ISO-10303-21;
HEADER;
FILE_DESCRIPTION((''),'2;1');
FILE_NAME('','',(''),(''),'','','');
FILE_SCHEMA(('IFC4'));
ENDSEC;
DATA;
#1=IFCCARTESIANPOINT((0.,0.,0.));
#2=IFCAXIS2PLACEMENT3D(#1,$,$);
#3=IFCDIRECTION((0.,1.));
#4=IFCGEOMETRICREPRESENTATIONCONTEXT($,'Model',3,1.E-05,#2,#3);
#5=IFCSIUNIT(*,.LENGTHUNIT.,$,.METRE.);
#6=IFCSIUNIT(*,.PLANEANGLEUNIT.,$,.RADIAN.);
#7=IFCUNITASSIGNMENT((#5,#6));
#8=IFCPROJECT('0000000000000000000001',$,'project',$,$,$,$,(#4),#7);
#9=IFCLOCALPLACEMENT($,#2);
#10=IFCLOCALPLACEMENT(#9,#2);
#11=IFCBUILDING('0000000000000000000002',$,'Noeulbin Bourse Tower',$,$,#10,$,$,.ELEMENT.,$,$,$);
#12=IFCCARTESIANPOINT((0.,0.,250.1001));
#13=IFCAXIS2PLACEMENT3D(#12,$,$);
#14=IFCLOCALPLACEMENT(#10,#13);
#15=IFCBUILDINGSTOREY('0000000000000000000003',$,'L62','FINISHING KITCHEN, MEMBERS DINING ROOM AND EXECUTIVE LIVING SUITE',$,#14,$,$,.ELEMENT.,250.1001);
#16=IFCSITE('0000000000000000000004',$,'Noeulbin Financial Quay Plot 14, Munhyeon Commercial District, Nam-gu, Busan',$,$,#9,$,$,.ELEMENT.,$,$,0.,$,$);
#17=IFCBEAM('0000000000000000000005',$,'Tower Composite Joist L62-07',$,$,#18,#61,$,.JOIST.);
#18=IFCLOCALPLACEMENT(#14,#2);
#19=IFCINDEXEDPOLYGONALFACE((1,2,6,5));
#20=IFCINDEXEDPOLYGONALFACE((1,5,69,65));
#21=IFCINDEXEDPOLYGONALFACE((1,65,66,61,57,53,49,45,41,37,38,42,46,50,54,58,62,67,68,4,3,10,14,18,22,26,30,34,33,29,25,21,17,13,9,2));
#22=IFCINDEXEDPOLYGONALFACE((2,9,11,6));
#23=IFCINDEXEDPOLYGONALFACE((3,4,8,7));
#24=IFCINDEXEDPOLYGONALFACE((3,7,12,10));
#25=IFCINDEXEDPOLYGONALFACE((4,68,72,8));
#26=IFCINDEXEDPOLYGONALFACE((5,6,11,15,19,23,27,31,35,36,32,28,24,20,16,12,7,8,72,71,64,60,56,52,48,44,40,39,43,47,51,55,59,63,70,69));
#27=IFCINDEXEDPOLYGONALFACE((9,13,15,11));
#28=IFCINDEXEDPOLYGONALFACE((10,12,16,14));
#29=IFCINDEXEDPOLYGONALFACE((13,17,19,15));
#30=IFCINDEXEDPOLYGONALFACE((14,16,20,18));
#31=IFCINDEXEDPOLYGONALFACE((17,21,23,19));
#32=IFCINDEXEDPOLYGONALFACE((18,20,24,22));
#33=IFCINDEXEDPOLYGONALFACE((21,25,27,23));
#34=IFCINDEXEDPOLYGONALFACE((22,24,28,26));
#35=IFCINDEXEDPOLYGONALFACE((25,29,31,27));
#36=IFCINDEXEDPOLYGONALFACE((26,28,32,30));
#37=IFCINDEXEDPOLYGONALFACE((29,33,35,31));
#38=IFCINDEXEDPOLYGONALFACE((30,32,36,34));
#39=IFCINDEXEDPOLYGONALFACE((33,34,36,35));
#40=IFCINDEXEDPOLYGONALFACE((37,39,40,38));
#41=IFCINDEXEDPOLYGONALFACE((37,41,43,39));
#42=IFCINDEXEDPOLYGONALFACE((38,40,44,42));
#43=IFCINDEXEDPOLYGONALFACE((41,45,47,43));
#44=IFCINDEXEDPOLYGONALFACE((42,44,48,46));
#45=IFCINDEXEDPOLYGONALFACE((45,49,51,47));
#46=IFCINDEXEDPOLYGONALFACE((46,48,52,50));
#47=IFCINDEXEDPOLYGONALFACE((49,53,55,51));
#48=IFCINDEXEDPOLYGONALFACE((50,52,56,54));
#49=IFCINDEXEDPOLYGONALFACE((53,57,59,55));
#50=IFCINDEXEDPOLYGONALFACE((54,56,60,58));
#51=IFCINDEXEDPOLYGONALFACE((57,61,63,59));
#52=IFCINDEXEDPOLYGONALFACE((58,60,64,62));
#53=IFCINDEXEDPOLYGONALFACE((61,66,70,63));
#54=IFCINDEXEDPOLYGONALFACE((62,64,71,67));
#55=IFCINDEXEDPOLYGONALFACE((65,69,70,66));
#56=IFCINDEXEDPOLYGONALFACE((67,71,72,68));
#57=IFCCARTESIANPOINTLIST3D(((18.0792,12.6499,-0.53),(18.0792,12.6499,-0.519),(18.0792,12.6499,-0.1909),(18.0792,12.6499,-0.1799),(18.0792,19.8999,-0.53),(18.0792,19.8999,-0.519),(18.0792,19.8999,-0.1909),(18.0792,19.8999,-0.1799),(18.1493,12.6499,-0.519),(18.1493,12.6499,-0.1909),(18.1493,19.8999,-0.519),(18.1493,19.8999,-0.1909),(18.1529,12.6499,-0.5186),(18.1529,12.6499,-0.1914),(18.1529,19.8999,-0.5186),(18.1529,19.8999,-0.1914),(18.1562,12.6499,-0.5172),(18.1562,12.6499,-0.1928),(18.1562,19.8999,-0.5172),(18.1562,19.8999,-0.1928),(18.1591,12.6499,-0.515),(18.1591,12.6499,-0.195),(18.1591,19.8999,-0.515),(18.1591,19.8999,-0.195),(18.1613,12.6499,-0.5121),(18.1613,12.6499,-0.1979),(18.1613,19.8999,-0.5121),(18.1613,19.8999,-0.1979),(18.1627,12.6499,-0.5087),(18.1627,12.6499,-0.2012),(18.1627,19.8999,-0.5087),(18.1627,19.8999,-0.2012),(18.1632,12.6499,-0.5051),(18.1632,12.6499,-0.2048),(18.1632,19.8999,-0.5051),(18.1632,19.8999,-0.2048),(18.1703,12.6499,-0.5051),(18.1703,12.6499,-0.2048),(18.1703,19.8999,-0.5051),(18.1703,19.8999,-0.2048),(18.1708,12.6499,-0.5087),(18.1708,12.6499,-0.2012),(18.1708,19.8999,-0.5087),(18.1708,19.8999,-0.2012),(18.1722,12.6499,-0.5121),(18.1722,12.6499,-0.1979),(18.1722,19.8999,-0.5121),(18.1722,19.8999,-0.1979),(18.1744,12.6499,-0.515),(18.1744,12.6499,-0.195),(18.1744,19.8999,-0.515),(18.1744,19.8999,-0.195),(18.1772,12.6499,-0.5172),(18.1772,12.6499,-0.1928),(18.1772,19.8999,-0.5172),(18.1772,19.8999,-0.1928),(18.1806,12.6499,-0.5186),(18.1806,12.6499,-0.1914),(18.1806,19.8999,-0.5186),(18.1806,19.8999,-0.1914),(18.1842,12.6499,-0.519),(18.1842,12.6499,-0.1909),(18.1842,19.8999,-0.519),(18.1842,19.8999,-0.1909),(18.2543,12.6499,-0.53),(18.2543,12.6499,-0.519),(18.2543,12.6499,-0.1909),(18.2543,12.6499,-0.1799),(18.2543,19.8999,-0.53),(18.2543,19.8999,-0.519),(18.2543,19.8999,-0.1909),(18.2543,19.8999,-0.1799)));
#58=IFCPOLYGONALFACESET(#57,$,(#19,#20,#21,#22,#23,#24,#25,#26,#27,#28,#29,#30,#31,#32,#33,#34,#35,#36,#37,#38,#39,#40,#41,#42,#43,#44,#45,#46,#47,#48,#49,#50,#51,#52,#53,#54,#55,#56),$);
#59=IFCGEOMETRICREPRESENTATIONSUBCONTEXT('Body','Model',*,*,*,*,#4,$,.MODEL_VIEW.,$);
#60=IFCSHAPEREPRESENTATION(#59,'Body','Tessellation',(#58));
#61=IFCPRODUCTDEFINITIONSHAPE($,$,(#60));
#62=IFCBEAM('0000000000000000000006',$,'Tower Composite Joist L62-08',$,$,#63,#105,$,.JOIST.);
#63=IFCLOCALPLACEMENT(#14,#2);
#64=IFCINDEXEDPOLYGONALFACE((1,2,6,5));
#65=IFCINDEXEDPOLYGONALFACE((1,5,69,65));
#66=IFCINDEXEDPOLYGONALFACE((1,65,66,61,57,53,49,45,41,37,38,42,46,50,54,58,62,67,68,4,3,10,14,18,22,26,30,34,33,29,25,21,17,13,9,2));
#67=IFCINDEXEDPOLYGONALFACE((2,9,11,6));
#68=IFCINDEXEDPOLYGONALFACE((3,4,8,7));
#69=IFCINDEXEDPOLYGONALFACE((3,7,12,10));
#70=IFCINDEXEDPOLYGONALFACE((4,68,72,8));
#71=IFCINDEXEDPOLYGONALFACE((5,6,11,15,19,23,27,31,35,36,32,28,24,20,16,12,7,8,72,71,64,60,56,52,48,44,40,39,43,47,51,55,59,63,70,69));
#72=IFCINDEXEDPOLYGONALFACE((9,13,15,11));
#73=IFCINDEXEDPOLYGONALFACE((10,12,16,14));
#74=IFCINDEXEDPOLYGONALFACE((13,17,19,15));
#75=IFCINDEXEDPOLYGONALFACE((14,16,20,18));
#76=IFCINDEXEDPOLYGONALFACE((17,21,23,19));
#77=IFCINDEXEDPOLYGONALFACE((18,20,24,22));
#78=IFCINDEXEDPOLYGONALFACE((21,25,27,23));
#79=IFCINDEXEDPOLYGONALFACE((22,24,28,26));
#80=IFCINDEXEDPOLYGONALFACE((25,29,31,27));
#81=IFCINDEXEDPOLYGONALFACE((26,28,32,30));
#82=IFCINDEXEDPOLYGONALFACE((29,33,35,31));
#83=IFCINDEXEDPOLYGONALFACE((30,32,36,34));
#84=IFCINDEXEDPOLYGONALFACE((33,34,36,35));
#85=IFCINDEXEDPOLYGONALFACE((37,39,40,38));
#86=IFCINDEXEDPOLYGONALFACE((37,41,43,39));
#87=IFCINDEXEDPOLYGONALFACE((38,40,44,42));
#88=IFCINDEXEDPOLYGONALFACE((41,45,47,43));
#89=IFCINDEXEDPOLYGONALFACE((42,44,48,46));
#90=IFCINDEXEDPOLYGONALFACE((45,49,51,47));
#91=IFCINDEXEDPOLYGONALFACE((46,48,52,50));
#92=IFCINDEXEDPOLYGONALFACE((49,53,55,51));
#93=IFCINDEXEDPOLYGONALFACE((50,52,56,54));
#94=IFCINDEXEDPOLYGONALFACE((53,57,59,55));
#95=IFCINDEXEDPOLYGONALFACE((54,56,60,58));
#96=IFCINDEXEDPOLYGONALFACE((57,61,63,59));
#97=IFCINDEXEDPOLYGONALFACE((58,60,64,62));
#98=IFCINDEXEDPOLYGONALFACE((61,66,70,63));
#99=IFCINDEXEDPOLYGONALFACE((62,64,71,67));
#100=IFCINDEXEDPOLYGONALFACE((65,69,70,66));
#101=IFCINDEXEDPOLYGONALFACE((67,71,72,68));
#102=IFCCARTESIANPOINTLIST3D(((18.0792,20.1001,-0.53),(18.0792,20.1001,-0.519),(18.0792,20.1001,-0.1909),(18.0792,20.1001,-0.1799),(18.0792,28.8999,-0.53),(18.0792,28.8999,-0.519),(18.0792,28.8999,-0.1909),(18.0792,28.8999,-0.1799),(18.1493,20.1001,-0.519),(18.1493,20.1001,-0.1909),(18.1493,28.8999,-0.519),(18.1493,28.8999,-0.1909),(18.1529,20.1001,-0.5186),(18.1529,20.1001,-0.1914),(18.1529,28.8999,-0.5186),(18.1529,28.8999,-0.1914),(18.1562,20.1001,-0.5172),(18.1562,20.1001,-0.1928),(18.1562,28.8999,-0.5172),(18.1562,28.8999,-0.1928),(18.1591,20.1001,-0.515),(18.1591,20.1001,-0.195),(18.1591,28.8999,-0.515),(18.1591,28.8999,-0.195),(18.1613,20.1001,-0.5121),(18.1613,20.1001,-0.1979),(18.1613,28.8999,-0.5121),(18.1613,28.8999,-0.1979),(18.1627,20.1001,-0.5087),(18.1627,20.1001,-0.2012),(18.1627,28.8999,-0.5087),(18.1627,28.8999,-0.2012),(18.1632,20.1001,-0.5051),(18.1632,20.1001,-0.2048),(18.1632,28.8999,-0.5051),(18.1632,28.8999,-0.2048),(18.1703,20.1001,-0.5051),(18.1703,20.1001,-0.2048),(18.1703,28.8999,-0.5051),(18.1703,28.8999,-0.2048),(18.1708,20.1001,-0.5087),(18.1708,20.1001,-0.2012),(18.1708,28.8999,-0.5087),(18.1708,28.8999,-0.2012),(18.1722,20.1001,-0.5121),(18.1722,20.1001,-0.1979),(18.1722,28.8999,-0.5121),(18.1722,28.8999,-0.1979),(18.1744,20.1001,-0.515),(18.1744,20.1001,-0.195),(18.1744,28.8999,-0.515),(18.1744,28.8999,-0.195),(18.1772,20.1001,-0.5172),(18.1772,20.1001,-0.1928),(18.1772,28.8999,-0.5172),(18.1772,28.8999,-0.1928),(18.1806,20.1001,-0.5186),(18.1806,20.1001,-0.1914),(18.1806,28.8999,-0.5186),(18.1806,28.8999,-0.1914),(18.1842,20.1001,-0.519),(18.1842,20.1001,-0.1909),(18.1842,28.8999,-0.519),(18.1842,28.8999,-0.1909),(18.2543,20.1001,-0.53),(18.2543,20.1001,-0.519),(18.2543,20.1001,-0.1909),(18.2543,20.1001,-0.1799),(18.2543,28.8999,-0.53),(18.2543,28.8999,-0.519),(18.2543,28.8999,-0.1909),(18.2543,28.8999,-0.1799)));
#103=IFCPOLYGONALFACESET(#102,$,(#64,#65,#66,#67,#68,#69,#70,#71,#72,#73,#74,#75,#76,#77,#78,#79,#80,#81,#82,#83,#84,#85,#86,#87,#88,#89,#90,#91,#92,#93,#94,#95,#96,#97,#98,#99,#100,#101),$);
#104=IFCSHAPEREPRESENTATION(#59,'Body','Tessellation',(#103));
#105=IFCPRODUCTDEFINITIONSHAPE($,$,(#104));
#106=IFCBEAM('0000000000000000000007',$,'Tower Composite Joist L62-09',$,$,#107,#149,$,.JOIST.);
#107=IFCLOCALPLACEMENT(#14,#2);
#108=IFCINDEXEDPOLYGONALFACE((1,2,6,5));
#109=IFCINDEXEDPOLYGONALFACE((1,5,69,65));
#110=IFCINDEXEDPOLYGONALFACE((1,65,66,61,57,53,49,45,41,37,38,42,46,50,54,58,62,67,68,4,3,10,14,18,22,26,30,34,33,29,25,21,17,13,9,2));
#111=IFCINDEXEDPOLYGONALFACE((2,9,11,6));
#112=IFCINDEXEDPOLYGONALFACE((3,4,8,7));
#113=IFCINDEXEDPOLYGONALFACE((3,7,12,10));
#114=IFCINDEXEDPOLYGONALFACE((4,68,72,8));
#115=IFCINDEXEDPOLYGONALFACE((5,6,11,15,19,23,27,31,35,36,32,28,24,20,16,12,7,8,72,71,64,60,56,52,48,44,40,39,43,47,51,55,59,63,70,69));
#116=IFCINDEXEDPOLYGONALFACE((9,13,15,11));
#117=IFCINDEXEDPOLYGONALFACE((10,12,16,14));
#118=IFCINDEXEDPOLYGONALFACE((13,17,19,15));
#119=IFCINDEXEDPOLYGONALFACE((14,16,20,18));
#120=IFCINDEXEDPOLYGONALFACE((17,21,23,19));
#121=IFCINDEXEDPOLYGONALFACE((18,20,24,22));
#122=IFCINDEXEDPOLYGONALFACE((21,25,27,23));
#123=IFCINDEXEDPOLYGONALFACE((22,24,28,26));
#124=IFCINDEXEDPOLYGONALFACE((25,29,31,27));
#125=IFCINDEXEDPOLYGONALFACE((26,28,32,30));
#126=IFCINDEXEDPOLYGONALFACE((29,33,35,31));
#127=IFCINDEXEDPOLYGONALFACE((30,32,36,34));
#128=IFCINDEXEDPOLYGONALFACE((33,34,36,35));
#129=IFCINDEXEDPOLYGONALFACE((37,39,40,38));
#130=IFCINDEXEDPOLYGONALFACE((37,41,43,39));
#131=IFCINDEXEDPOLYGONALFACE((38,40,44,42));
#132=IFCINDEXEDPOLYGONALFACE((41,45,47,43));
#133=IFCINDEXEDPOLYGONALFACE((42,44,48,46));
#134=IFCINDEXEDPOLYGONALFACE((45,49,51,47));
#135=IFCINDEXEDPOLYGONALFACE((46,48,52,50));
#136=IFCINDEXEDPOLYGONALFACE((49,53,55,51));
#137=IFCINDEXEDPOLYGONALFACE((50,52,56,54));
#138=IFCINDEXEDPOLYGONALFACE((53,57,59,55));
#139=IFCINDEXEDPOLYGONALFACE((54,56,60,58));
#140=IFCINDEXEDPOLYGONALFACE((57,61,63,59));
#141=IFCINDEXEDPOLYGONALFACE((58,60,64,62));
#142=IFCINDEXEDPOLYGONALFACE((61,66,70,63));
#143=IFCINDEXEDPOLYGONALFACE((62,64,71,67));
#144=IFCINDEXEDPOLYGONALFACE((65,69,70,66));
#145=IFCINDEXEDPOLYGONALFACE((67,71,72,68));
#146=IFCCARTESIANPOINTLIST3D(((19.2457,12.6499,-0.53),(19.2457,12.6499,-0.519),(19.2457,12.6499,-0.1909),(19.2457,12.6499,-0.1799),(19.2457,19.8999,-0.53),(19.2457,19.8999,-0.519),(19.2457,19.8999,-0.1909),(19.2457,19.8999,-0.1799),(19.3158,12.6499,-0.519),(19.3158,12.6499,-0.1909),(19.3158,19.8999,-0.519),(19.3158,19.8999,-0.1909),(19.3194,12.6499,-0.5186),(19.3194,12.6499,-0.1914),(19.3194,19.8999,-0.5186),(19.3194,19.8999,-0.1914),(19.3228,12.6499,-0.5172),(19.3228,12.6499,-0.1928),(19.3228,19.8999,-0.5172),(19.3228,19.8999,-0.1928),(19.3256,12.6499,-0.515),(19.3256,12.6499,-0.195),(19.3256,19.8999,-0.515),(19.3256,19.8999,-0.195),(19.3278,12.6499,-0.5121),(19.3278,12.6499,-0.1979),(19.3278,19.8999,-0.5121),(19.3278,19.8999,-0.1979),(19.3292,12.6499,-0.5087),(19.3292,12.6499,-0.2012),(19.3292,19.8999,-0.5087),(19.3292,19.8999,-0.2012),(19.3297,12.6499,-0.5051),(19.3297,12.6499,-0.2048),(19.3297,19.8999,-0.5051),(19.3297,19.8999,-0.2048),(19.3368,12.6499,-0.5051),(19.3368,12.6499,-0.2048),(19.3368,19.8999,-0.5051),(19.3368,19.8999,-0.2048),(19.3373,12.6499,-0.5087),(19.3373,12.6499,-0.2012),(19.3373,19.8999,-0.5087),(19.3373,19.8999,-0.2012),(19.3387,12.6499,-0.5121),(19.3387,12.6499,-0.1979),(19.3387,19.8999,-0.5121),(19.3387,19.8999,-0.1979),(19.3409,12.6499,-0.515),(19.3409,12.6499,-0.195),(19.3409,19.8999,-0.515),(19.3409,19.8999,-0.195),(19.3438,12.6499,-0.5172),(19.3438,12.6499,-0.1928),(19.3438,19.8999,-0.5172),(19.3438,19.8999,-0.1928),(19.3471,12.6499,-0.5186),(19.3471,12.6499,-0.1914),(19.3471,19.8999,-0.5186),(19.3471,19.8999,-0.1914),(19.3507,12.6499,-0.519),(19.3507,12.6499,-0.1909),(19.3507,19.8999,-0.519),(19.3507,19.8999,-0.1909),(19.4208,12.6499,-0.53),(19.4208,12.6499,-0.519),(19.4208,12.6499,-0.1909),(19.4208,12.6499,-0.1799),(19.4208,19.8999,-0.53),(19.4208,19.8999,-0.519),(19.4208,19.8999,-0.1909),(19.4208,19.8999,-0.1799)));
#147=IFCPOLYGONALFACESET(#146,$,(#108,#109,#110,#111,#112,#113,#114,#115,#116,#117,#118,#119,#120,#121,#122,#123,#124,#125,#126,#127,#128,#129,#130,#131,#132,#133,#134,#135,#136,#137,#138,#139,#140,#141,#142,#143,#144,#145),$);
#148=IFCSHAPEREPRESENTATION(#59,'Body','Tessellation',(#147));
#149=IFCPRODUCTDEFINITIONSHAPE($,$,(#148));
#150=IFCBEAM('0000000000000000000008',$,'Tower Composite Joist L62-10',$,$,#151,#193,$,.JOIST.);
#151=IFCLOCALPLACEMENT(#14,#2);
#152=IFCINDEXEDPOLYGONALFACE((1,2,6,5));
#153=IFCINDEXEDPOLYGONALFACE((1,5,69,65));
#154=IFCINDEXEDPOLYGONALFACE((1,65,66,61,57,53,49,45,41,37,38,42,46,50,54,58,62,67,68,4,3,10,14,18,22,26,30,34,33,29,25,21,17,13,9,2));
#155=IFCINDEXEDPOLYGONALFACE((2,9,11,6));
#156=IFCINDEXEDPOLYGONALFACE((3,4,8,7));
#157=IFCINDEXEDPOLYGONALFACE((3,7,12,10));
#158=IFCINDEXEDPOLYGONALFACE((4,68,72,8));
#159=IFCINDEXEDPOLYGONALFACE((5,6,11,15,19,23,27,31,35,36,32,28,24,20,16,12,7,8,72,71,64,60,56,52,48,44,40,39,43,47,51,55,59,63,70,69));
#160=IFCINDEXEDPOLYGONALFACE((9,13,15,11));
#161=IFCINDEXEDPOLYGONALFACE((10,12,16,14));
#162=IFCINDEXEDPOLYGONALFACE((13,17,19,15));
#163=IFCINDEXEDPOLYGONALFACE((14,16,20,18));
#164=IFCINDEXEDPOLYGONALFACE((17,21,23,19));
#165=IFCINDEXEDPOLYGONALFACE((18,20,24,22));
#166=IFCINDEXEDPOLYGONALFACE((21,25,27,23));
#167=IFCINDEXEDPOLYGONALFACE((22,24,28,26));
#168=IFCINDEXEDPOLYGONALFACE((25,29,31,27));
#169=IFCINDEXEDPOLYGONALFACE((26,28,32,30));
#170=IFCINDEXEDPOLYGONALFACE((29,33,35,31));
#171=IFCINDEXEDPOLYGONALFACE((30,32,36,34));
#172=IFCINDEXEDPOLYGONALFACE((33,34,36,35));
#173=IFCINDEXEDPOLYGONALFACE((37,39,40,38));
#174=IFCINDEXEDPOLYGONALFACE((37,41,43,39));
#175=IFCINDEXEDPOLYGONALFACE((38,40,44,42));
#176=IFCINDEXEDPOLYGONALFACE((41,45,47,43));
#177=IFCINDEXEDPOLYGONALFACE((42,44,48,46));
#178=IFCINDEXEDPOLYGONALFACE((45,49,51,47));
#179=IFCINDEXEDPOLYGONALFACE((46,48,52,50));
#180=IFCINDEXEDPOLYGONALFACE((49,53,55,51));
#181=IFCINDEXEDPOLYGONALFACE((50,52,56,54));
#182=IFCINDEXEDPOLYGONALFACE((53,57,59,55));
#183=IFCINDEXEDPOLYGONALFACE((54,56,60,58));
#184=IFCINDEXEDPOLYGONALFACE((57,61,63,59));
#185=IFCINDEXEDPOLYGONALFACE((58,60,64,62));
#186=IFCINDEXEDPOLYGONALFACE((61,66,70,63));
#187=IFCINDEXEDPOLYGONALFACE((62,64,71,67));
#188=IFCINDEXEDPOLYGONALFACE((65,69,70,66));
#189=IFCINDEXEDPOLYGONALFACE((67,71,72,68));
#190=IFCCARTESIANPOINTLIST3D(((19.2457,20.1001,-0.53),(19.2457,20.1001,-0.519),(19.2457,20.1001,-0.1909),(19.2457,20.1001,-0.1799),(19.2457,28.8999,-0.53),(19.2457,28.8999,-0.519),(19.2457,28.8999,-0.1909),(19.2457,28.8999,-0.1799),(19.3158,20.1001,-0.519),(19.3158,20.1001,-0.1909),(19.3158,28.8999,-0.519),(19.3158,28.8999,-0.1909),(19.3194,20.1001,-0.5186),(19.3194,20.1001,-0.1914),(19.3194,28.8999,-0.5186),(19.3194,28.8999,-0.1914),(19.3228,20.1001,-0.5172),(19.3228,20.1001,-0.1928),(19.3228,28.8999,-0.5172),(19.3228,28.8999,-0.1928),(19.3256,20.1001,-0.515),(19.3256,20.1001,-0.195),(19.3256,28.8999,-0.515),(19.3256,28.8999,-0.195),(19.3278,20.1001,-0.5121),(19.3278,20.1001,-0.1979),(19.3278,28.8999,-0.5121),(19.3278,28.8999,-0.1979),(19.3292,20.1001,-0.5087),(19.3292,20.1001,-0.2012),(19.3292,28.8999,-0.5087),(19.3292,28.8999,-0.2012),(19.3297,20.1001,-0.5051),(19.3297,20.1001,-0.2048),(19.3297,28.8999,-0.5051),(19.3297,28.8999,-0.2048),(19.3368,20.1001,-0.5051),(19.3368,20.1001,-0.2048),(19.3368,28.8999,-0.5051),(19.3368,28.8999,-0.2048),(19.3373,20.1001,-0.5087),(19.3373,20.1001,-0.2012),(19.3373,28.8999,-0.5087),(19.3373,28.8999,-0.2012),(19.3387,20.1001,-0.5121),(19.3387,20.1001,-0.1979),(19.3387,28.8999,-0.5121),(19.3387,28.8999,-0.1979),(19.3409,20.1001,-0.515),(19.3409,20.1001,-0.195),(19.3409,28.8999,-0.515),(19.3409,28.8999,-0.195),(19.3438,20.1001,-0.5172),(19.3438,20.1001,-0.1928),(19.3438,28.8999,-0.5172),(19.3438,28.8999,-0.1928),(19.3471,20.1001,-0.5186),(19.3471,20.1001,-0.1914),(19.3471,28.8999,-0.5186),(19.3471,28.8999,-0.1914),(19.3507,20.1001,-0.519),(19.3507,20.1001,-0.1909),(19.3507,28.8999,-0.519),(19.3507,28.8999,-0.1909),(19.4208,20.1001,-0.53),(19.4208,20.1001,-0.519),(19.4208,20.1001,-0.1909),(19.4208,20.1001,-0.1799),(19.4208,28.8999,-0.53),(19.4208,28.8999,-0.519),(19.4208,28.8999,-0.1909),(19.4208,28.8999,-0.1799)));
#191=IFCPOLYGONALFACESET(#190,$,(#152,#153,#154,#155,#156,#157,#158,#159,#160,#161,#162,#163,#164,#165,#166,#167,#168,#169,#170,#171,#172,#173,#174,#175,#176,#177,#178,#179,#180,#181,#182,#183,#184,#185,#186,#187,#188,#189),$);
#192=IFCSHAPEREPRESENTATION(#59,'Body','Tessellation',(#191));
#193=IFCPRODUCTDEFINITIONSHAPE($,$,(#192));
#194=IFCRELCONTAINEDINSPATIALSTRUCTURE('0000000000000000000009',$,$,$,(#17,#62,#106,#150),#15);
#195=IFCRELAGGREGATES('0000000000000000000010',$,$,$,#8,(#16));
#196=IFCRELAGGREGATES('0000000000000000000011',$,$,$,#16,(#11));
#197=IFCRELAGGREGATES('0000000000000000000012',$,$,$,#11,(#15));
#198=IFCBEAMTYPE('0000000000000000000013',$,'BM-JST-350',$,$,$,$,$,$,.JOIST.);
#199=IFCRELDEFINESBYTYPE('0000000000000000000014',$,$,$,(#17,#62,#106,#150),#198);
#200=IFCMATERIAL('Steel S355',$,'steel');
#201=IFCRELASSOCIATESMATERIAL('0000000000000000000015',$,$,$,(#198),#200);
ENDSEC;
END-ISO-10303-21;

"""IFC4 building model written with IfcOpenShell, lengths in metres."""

from ifc_helpers import new_model, si_unit, direction, frame, origin, origin_2d, place, context, subcontext, project, spatial, i_section, extrude, material, material_profile, profile_set, type_object, element, save


model = new_model("IFC4")

# Units and contexts
model_context = context("Model", 3, precision=1e-05, world=origin(), true_north=direction((0.0, 1.0)))
body_context = subcontext(model_context, "Body", "Model", "MODEL_VIEW")
ifc_project = project(units=[si_unit("LENGTHUNIT", "METRE"), si_unit("PLANEANGLEUNIT", "RADIAN")], contexts=[model_context])

# Site, building, storey
site_placement = place(None, origin())
site = spatial("IfcSite", under=ifc_project, at=site_placement, Name="Noeulbin Financial Quay Plot 14, Munhyeon Commercial District, Nam-gu, Busan", CompositionType="ELEMENT", RefElevation=0.0)
building_placement = place(site_placement, origin())
building = spatial("IfcBuilding", under=site, at=building_placement, Name="Noeulbin Bourse Tower", CompositionType="ELEMENT")
storey_placement = place(building_placement, frame((0.0, 0.0, 250.1001)))
storey = spatial("IfcBuildingStorey", under=building, at=storey_placement, Name="L62", Description="FINISHING KITCHEN, MEMBERS DINING ROOM AND EXECUTIVE LIVING SUITE", CompositionType="ELEMENT", Elevation=250.1001)

# Shared definitions
ifc_material_1 = material(Name="Steel S355", Category="steel")

# Beams
ifc_material_profile_1 = material_profile(ifc_material_1, i_section(OverallWidth=0.175, OverallDepth=0.3501, WebThickness=0.0071, FlangeThickness=0.011, FilletRadius=0.0139, at=origin_2d()), Name="H-350x175x7x11", Category="LoadBearing")
ifc_profile_set_1 = profile_set([ifc_material_profile_1], Name="Steel S355")
beam_type_1 = type_object("IfcBeamType", Name="BM-JST-350", PredefinedType="JOIST", material=ifc_profile_set_1)
beam_1_placement = place(storey_placement, frame((18.1667, 12.6499, -0.355), z_axis=(0.0, 1.0, 0.0), x_axis=(-1.0, 0.0, 0.0)))
element("IfcBeam", 1, at=beam_1_placement, inside=storey, type_object=beam_type_1, Name="Tower Composite Joist L62-07", PredefinedType="JOIST", context=body_context, shape_type="SweptSolid", body=[
    extrude(i_section(OverallWidth=0.175, OverallDepth=0.3501, WebThickness=0.0071, FlangeThickness=0.011, FilletRadius=0.0139, at=origin_2d()), origin(), (0.0, 0.0, 1.0), 7.25),
])
beam_2_placement = place(storey_placement, frame((18.1667, 20.1001, -0.355), z_axis=(0.0, 1.0, 0.0), x_axis=(-1.0, 0.0, 0.0)))
element("IfcBeam", 2, at=beam_2_placement, inside=storey, type_object=beam_type_1, Name="Tower Composite Joist L62-08", PredefinedType="JOIST", context=body_context, shape_type="SweptSolid", body=[
    extrude(i_section(OverallWidth=0.175, OverallDepth=0.3501, WebThickness=0.0071, FlangeThickness=0.011, FilletRadius=0.0139, at=origin_2d()), origin(), (0.0, 0.0, 1.0), 8.7998),
])
beam_3_placement = place(storey_placement, frame((19.3333, 12.6499, -0.355), z_axis=(0.0, 1.0, 0.0), x_axis=(-1.0, 0.0, 0.0)))
element("IfcBeam", 3, at=beam_3_placement, inside=storey, type_object=beam_type_1, Name="Tower Composite Joist L62-09", PredefinedType="JOIST", context=body_context, shape_type="SweptSolid", body=[
    extrude(i_section(OverallWidth=0.175, OverallDepth=0.3501, WebThickness=0.0071, FlangeThickness=0.011, FilletRadius=0.0139, at=origin_2d()), origin(), (0.0, 0.0, 1.0), 7.25),
])
beam_4_placement = place(storey_placement, frame((19.3333, 20.1001, -0.355), z_axis=(0.0, 1.0, 0.0), x_axis=(-1.0, 0.0, 0.0)))
element("IfcBeam", 4, at=beam_4_placement, inside=storey, type_object=beam_type_1, Name="Tower Composite Joist L62-10", PredefinedType="JOIST", context=body_context, shape_type="SweptSolid", body=[
    extrude(i_section(OverallWidth=0.175, OverallDepth=0.3501, WebThickness=0.0071, FlangeThickness=0.011, FilletRadius=0.0139, at=origin_2d()), origin(), (0.0, 0.0, 1.0), 8.7998),
])

save(model, "model.ifc")
